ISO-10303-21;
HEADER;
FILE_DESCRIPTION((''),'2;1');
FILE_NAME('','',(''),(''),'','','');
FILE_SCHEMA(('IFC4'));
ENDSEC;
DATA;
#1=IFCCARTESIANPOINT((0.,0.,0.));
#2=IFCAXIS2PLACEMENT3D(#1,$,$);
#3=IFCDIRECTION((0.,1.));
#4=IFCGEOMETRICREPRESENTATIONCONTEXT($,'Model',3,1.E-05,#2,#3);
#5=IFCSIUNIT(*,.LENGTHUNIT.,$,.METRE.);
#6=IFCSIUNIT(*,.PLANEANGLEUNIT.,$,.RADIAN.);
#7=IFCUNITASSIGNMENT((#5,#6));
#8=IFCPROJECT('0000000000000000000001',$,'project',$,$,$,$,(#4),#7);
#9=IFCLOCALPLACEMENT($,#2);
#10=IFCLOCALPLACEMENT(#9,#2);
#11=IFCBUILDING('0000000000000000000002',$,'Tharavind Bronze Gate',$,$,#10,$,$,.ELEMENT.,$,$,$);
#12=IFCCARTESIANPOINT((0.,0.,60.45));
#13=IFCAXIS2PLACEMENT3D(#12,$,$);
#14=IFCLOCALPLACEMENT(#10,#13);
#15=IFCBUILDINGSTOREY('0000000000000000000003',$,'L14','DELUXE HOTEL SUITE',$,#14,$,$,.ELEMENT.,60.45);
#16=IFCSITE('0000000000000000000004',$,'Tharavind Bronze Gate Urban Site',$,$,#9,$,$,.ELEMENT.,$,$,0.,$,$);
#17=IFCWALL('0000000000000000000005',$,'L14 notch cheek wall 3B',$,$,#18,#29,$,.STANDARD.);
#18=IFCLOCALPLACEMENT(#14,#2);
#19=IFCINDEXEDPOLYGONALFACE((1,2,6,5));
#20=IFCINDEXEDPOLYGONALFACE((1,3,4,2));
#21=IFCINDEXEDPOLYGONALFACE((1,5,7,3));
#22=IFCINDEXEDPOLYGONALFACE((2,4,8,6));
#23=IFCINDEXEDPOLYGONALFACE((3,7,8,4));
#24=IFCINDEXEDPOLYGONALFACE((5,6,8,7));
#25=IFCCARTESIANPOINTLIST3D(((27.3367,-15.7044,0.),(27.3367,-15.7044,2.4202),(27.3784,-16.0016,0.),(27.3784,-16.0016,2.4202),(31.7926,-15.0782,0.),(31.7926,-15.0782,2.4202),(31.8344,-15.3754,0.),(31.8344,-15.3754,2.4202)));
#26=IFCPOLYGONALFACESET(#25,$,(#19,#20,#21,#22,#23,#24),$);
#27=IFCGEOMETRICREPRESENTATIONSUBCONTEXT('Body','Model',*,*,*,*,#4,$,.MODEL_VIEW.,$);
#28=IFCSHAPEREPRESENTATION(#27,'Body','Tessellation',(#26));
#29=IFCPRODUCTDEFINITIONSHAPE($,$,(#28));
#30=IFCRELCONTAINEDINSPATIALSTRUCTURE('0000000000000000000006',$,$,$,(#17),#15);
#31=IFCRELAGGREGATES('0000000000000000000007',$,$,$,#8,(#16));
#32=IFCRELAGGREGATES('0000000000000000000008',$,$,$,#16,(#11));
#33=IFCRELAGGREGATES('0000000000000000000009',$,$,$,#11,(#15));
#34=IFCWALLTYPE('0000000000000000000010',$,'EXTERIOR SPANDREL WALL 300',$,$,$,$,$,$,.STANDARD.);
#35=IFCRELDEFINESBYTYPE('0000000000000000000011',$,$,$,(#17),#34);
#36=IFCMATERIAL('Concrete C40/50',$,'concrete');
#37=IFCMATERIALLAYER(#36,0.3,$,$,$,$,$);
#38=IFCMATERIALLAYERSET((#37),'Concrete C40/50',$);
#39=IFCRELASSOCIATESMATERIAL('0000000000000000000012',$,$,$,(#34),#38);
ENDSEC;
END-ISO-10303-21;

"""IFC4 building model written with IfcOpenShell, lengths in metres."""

from ifc_helpers import new_model, si_unit, direction, frame, frame_2d, origin, place, context, subcontext, project, spatial, rectangle, extrude, material, layer, layer_set, type_object, element, save


model = new_model("IFC4")

# Units and contexts
model_context = context("Model", 3, precision=1e-05, world=origin(), true_north=direction((0.0, 1.0)))
body_context = subcontext(model_context, "Body", "Model", "MODEL_VIEW")
ifc_project = project(units=[si_unit("LENGTHUNIT", "METRE"), si_unit("PLANEANGLEUNIT", "RADIAN")], contexts=[model_context])

# Site, building, storey
site_placement = place(None, origin())
site = spatial("IfcSite", under=ifc_project, at=site_placement, Name="Tharavind Bronze Gate Urban Site", CompositionType="ELEMENT", RefElevation=0.0)
building_placement = place(site_placement, origin())
building = spatial("IfcBuilding", under=site, at=building_placement, Name="Tharavind Bronze Gate", CompositionType="ELEMENT")
storey_placement = place(building_placement, frame((0.0, 0.0, 60.45)))
storey = spatial("IfcBuildingStorey", under=building, at=storey_placement, Name="L14", Description="DELUXE HOTEL SUITE", CompositionType="ELEMENT", Elevation=60.45)

# Wall
ifc_material_1 = material(Name="Concrete C40/50", Category="concrete")
ifc_layer_1 = layer(ifc_material_1, 0.3)
ifc_layer_set_1 = layer_set([ifc_layer_1], Name="Concrete C40/50")
wall_type = type_object("IfcWallType", Name="EXTERIOR SPANDREL WALL 300", PredefinedType="STANDARD", material=ifc_layer_set_1)
wall_1_placement = place(storey_placement, frame((27.3574, -15.853, 0.0), z_axis=(0.0, 0.0, 1.0), x_axis=(0.990269, 0.139165, 0.0)))
element("IfcWall", 1, at=wall_1_placement, inside=storey, type_object=wall_type, Name="L14 notch cheek wall 3B", PredefinedType="STANDARD", context=body_context, shape_type="SweptSolid", body=[
    extrude(rectangle(XDim=4.4998, YDim=0.3, at=frame_2d((2.25, 0.0))), origin(), (0.0, 0.0, 1.0), 2.4202),
])

save(model, "model.ifc")
